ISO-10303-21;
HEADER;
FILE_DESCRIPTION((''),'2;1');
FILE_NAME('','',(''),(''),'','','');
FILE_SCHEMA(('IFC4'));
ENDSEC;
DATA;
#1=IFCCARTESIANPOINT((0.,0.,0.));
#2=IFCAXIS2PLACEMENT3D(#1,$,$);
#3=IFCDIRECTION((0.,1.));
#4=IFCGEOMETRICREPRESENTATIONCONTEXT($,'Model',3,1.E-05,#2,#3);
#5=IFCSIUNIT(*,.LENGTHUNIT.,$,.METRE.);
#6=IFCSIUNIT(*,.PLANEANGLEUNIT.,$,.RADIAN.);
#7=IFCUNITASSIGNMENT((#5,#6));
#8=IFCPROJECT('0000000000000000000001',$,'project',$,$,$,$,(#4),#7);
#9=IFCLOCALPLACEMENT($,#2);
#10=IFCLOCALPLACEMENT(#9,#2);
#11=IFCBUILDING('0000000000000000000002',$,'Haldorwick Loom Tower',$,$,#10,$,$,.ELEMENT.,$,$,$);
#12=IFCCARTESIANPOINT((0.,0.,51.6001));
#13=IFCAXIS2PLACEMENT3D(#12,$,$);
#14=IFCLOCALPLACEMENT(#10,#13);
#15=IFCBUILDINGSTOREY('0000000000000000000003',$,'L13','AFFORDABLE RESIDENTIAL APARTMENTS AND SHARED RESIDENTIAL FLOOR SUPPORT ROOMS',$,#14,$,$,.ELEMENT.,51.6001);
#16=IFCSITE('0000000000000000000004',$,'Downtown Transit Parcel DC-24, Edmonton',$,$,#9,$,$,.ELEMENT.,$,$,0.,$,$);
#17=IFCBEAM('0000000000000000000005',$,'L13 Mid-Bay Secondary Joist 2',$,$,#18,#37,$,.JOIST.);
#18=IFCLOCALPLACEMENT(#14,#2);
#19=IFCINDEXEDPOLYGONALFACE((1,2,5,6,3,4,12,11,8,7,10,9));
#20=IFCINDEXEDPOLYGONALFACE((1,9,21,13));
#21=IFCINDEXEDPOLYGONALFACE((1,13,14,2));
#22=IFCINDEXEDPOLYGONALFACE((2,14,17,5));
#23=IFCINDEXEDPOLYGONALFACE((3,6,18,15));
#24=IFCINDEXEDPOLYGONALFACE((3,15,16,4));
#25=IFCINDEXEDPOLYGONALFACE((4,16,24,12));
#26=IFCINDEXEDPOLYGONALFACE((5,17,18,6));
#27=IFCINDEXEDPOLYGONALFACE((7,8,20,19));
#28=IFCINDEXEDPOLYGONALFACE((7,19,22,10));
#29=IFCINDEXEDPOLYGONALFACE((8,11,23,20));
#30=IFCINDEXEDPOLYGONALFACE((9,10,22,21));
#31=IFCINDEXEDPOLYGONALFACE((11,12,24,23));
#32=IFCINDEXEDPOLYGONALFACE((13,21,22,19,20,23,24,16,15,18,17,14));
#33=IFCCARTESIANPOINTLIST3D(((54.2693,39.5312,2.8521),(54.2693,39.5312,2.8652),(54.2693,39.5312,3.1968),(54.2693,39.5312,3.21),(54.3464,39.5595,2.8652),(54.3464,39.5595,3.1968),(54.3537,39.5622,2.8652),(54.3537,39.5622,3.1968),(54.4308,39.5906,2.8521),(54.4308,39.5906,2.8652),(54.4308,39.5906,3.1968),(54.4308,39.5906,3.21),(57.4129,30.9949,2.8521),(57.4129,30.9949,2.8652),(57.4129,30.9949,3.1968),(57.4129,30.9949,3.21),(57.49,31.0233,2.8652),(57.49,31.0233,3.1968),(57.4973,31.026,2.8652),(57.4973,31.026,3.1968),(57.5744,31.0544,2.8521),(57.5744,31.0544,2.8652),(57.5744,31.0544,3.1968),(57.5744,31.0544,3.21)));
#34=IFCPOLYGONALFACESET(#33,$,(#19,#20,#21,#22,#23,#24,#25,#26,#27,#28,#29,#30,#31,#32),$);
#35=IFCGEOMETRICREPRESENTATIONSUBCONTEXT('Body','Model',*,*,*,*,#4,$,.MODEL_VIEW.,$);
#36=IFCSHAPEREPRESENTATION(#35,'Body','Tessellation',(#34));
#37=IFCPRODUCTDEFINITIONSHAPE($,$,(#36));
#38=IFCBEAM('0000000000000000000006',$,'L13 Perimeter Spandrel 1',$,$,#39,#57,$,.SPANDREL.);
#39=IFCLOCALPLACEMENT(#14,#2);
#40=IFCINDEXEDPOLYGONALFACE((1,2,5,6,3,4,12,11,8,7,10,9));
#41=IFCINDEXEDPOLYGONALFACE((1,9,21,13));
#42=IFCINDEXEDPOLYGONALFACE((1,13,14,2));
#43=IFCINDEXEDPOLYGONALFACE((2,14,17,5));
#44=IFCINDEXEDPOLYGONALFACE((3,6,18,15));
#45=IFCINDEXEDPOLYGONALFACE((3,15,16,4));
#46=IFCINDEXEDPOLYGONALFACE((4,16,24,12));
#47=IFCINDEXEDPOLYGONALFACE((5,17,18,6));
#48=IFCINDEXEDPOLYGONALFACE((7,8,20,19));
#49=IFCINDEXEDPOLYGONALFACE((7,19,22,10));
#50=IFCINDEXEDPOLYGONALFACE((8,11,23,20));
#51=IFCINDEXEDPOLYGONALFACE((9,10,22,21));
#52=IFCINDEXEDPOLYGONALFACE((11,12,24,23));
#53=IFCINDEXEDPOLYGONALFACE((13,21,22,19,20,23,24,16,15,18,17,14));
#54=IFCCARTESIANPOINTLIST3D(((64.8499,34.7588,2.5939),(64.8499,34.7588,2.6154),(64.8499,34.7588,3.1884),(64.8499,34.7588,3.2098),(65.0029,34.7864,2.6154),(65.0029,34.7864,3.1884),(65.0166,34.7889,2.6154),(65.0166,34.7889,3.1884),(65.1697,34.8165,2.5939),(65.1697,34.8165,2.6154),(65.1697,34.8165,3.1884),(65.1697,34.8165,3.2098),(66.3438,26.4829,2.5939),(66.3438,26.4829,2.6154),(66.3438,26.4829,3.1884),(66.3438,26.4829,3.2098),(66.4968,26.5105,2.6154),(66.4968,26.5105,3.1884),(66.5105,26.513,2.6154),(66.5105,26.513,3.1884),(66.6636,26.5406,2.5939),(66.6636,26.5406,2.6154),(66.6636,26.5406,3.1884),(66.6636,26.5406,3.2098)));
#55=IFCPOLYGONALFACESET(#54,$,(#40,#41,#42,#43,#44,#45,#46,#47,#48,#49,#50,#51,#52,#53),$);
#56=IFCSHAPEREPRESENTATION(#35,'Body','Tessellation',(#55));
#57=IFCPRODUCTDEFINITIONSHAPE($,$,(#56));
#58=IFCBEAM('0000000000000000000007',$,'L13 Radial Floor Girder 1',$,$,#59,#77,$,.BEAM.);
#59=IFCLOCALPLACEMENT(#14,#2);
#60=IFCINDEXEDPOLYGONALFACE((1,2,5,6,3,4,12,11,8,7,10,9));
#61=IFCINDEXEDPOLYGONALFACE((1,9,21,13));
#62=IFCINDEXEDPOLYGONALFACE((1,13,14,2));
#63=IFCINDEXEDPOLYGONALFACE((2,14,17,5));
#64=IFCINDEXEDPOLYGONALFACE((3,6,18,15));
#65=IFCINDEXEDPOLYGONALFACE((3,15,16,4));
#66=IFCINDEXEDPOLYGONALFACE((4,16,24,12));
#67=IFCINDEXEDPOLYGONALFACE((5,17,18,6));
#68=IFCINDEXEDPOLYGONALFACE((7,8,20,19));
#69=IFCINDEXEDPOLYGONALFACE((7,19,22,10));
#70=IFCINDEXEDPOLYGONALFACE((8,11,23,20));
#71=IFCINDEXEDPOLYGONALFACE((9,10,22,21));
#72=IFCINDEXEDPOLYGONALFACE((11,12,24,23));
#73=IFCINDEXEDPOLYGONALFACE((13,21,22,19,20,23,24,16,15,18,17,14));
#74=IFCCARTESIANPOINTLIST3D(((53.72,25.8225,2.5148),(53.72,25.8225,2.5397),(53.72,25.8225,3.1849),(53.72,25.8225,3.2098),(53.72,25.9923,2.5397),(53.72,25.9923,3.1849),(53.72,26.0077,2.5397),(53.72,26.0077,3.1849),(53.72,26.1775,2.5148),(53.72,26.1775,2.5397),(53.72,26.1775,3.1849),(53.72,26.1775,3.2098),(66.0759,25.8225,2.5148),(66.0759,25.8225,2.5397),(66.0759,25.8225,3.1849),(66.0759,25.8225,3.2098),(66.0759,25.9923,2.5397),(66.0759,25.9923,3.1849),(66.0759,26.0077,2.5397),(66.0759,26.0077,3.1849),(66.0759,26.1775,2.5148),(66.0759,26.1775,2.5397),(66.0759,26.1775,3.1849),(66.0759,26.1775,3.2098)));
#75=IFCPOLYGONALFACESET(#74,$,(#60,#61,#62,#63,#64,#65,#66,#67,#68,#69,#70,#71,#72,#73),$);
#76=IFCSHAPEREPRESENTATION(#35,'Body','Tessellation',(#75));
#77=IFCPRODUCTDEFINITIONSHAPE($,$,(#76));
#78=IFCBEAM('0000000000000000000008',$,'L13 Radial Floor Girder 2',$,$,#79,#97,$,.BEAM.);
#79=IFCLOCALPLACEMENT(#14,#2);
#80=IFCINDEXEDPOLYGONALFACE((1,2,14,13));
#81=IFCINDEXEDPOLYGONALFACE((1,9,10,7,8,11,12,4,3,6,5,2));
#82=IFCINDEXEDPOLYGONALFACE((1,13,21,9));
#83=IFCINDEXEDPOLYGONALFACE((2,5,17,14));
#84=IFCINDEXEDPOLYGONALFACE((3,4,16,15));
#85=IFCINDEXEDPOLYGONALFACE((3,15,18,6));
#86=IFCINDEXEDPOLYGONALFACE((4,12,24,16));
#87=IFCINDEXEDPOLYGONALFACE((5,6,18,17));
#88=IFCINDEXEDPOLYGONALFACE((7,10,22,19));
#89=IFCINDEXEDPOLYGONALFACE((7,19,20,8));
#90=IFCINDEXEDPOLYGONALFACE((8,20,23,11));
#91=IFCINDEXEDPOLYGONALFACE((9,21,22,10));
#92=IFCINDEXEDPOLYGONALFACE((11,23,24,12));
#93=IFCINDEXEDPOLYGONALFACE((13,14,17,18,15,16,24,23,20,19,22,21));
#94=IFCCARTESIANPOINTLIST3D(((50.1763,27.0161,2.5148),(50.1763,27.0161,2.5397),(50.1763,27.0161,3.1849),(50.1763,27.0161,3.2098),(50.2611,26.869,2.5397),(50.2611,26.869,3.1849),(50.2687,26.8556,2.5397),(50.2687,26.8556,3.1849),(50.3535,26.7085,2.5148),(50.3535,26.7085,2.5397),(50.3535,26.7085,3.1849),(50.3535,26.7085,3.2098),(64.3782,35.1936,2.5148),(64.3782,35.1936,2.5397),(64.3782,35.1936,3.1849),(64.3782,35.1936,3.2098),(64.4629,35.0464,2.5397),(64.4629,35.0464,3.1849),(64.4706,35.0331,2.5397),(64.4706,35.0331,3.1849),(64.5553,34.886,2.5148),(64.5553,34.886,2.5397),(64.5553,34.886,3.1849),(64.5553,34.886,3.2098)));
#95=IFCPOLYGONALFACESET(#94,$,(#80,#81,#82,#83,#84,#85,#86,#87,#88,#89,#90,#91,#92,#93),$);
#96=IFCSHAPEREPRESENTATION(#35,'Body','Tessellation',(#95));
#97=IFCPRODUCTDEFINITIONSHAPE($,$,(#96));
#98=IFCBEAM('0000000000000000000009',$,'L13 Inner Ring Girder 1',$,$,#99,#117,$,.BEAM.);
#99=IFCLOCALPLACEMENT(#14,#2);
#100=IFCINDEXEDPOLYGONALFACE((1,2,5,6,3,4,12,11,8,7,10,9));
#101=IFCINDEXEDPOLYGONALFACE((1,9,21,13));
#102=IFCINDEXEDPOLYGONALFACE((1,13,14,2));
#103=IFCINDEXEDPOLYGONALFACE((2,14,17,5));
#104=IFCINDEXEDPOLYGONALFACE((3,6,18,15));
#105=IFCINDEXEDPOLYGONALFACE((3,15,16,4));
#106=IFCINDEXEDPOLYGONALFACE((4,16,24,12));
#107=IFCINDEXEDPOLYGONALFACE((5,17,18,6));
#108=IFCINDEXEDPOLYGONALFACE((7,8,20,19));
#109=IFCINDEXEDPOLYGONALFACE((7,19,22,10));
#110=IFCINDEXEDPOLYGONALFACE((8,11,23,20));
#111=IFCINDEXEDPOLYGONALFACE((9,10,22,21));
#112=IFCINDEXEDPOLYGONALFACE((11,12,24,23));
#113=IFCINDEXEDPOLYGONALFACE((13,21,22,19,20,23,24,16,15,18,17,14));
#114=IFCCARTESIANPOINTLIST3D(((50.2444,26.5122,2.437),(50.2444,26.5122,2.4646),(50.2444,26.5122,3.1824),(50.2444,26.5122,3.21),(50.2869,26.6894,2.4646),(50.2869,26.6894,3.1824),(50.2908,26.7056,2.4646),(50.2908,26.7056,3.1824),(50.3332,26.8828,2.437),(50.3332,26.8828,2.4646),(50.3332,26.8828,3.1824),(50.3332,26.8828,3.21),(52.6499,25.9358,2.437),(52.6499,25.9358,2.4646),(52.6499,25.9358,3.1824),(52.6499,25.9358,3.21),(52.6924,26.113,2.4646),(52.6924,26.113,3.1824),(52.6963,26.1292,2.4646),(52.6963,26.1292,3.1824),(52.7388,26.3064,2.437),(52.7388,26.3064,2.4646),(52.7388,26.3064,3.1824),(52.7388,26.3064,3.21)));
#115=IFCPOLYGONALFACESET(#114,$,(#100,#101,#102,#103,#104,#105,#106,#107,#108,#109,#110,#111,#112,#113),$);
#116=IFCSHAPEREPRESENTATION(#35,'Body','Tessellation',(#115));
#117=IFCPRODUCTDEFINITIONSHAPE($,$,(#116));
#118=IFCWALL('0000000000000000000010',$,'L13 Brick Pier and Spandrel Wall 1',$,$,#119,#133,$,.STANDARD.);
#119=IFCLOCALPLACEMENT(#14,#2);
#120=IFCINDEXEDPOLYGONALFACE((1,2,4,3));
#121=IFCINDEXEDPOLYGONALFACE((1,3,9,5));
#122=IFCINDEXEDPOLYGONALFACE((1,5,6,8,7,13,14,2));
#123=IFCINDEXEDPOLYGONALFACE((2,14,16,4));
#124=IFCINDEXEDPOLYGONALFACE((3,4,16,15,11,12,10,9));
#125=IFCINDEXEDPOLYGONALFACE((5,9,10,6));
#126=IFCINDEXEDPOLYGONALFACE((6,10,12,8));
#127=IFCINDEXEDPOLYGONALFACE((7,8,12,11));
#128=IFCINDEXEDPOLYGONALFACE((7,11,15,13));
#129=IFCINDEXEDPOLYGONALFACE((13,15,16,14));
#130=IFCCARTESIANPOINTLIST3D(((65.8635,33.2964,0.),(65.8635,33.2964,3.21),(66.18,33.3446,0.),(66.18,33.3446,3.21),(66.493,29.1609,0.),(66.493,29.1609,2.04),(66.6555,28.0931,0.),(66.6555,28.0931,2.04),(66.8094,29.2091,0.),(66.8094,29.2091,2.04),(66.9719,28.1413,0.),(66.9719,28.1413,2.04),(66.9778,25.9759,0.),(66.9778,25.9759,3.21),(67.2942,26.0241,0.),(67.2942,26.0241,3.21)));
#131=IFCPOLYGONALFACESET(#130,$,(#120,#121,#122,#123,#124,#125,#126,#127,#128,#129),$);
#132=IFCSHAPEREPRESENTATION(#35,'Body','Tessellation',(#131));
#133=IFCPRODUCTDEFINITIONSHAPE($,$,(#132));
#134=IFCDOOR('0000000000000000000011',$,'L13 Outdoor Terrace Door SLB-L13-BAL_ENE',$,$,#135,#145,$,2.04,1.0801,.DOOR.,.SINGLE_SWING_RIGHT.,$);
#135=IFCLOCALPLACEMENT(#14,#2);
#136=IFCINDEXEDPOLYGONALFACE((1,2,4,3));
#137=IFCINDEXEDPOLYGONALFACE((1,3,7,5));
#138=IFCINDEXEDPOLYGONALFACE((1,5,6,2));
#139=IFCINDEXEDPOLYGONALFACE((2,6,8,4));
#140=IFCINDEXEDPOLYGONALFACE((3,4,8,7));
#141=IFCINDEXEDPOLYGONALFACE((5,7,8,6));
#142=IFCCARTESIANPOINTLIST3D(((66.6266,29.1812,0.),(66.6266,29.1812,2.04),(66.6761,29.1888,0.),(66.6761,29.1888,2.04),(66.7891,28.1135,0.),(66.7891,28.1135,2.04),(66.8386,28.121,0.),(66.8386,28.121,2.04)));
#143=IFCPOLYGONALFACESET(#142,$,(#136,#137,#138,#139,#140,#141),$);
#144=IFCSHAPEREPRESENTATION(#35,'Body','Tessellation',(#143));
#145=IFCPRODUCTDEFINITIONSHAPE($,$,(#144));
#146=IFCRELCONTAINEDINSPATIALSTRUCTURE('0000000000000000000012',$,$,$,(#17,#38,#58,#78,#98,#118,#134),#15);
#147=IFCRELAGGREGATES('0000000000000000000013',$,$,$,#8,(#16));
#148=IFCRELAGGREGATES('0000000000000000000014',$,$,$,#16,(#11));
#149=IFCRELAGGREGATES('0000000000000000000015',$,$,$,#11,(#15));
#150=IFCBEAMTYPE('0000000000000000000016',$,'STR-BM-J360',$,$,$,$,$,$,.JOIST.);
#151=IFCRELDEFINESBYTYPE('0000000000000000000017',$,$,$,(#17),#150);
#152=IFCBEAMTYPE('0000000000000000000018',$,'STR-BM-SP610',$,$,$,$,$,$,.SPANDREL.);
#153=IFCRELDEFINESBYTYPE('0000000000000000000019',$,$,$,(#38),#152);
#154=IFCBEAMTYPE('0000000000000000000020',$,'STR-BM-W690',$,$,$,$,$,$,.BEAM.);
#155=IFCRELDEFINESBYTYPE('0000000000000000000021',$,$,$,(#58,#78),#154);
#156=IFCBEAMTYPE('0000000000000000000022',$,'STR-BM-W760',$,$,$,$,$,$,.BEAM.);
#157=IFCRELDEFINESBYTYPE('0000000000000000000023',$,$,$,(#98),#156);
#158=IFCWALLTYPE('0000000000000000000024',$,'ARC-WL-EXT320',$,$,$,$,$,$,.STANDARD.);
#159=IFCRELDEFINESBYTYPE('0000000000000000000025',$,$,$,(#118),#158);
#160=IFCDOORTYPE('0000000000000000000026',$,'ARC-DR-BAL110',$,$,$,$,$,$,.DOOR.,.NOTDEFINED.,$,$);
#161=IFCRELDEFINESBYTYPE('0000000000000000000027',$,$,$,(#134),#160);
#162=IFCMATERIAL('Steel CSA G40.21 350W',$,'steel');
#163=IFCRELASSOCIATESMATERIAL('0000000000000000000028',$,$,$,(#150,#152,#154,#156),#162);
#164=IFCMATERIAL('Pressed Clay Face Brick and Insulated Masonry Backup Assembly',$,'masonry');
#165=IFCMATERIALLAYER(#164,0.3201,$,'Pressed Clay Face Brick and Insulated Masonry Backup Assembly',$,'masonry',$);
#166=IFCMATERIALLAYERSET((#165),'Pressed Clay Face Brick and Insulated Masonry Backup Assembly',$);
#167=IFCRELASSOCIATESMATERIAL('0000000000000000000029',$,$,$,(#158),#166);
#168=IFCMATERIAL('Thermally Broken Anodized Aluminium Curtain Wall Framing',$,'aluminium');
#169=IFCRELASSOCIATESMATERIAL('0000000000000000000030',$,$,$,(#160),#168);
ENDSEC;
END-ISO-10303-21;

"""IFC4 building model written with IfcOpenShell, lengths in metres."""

from ifc_helpers import new_model, si_unit, direction, frame, frame_2d, origin, origin_2d, place, context, subcontext, project, spatial, rectangle, i_section, extrude, material, layer, layer_set, material_profile, profile_set, type_object, element, fill, save


model = new_model("IFC4")

# Units and contexts
model_context = context("Model", 3, precision=1e-05, world=origin(), true_north=direction((0.0, 1.0)))
body_context = subcontext(model_context, "Body", "Model", "MODEL_VIEW")
ifc_project = project(units=[si_unit("LENGTHUNIT", "METRE"), si_unit("PLANEANGLEUNIT", "RADIAN")], contexts=[model_context])

# Site, building, storey
site_placement = place(None, origin())
site = spatial("IfcSite", under=ifc_project, at=site_placement, Name="Downtown Transit Parcel DC-24, Edmonton", CompositionType="ELEMENT", RefElevation=0.0)
building_placement = place(site_placement, origin())
building = spatial("IfcBuilding", under=site, at=building_placement, Name="Haldorwick Loom Tower", CompositionType="ELEMENT")
storey_placement = place(building_placement, frame((0.0, 0.0, 51.6001)))
storey = spatial("IfcBuildingStorey", under=building, at=storey_placement, Name="L13", Description="AFFORDABLE RESIDENTIAL APARTMENTS AND SHARED RESIDENTIAL FLOOR SUPPORT ROOMS", CompositionType="ELEMENT", Elevation=51.6001)

# Beams
ifc_material_1 = material(Name="Steel CSA G40.21 350W", Category="steel")
ifc_material_profile_1 = material_profile(ifc_material_1, i_section(OverallWidth=0.1721, OverallDepth=0.3579, WebThickness=0.0078, FlangeThickness=0.0132, at=origin_2d()), Name="W360X57", Category="steel")
ifc_profile_set_1 = profile_set([ifc_material_profile_1], Name="Steel CSA G40.21 350W")
beam_type_1 = type_object("IfcBeamType", Name="STR-BM-J360", PredefinedType="JOIST", material=ifc_profile_set_1)
beam_1_placement = place(storey_placement, frame((57.4937, 31.0247, 3.031), z_axis=(-0.345576, 0.938391, 0.0), x_axis=(-0.938391, -0.345576, 0.0)))
element("IfcBeam", 1, at=beam_1_placement, inside=storey, type_object=beam_type_1, Name="L13 Mid-Bay Secondary Joist 2", PredefinedType="JOIST", context=body_context, shape_type="SweptSolid", body=[
    extrude(i_section(OverallWidth=0.1721, OverallDepth=0.3579, WebThickness=0.0078, FlangeThickness=0.0132, at=origin_2d()), origin(), (0.0, 0.0, 1.0), 9.0967),
])
ifc_material_profile_2 = material_profile(ifc_material_1, i_section(OverallWidth=0.325, OverallDepth=0.616, WebThickness=0.0139, FlangeThickness=0.0215, at=origin_2d()), Name="W610X174", Category="steel")
ifc_profile_set_2 = profile_set([ifc_material_profile_2], Name="Steel CSA G40.21 350W")
beam_type_2 = type_object("IfcBeamType", Name="STR-BM-SP610", PredefinedType="SPANDREL", material=ifc_profile_set_2)
beam_2_placement = place(storey_placement, frame((66.5037, 26.5117, 2.9019), z_axis=(-0.177641, 0.984095, 0.0), x_axis=(-0.984095, -0.177641, 0.0)))
element("IfcBeam", 2, at=beam_2_placement, inside=storey, type_object=beam_type_2, Name="L13 Perimeter Spandrel 1", PredefinedType="SPANDREL", context=body_context, shape_type="SweptSolid", body=[
    extrude(i_section(OverallWidth=0.325, OverallDepth=0.616, WebThickness=0.0139, FlangeThickness=0.0215, at=origin_2d()), origin(), (0.0, 0.0, 1.0), 8.4097),
])
ifc_material_profile_3 = material_profile(ifc_material_1, i_section(OverallWidth=0.355, OverallDepth=0.6951, WebThickness=0.0154, FlangeThickness=0.0249, at=origin_2d()), Name="W690X217", Category="steel")
ifc_profile_set_3 = profile_set([ifc_material_profile_3], Name="Steel CSA G40.21 350W")
beam_type_3 = type_object("IfcBeamType", Name="STR-BM-W690", PredefinedType="BEAM", material=ifc_profile_set_3)
beam_3_placement = place(storey_placement, frame((53.72, 26.0, 2.8623), z_axis=(1.0, 0.0, 0.0), x_axis=(0.0, 1.0, 0.0)))
element("IfcBeam", 3, at=beam_3_placement, inside=storey, type_object=beam_type_3, Name="L13 Radial Floor Girder 1", PredefinedType="BEAM", context=body_context, shape_type="SweptSolid", body=[
    extrude(i_section(OverallWidth=0.355, OverallDepth=0.6951, WebThickness=0.0154, FlangeThickness=0.0249, at=origin_2d()), origin(), (0.0, 0.0, 1.0), 12.356),
])
beam_4_placement = place(storey_placement, frame((50.2649, 26.8623, 2.8623), z_axis=(0.866606, 0.498994, 0.0), x_axis=(-0.498994, 0.866606, 0.0)))
element("IfcBeam", 4, at=beam_4_placement, inside=storey, type_object=beam_type_3, Name="L13 Radial Floor Girder 2", PredefinedType="BEAM", context=body_context, shape_type="SweptSolid", body=[
    extrude(i_section(OverallWidth=0.355, OverallDepth=0.6951, WebThickness=0.0154, FlangeThickness=0.0249, at=origin_2d()), origin(), (0.0, 0.0, 1.0), 16.3879),
])
ifc_material_profile_4 = material_profile(ifc_material_1, i_section(OverallWidth=0.3811, OverallDepth=0.7729, WebThickness=0.0166, FlangeThickness=0.0276, at=origin_2d()), Name="W760X257", Category="steel")
ifc_profile_set_4 = profile_set([ifc_material_profile_4], Name="Steel CSA G40.21 350W")
beam_type_4 = type_object("IfcBeamType", Name="STR-BM-W760", PredefinedType="BEAM", material=ifc_profile_set_4)
beam_5_placement = place(storey_placement, frame((50.2888, 26.6975, 2.8235), z_axis=(0.972471, -0.233026, 0.0), x_axis=(0.233026, 0.972471, 0.0)))
element("IfcBeam", 5, at=beam_5_placement, inside=storey, type_object=beam_type_4, Name="L13 Inner Ring Girder 1", PredefinedType="BEAM", context=body_context, shape_type="SweptSolid", body=[
    extrude(i_section(OverallWidth=0.3811, OverallDepth=0.7729, WebThickness=0.0166, FlangeThickness=0.0276, at=origin_2d()), origin(), (0.0, 0.0, 1.0), 2.4736),
])

# Wall, opening, door
ifc_material_2 = material(Name="Pressed Clay Face Brick and Insulated Masonry Backup Assembly", Category="masonry")
ifc_layer_1 = layer(ifc_material_2, 0.3201, Name="Pressed Clay Face Brick and Insulated Masonry Backup Assembly", Category="masonry")
ifc_layer_set_1 = layer_set([ifc_layer_1], Name="Pressed Clay Face Brick and Insulated Masonry Backup Assembly")
wall_type_1 = type_object("IfcWallType", Name="ARC-WL-EXT320", PredefinedType="STANDARD", material=ifc_layer_set_1)
wall_1_placement = place(storey_placement, frame((67.136, 26.0, 0.0), z_axis=(0.0, 0.0, 1.0), x_axis=(-0.150476, 0.988614, 0.0)))
wall_1 = element("IfcWall", 6, at=wall_1_placement, inside=storey, type_object=wall_type_1, Name="L13 Brick Pier and Spandrel Wall 1", PredefinedType="STANDARD", context=body_context, shape_type="SweptSolid", body=[
    extrude(rectangle(XDim=7.4048, YDim=0.3201, at=frame_2d((3.7024, 0.0))), origin(), (0.0, 0.0, 1.0), 3.21),
])
opening_1_placement = place(wall_1_placement, frame((2.1416, 0.0, 0.0)))
opening_1 = element("IfcOpeningElement", 7, at=opening_1_placement, cuts=wall_1, PredefinedType="OPENING", context=body_context, shape_type="SweptSolid", body=[
    extrude(rectangle(XDim=1.0801, YDim=2.04, at=frame_2d((0.54, 1.02))), frame((0.0, 0.1699, 0.0), z_axis=(0.0, -1.0, 0.0), x_axis=(1.0, 0.0, 0.0)), (0.0, 0.0, 1.0), 0.3401),
])
ifc_material_3 = material(Name="Thermally Broken Anodized Aluminium Curtain Wall Framing", Category="aluminium")
door_type_1 = type_object("IfcDoorType", Name="ARC-DR-BAL110", OperationType="NOTDEFINED", PredefinedType="DOOR", material=ifc_material_3)
door_1_placement = place(opening_1_placement, origin())
door_1 = element("IfcDoor", 8, at=door_1_placement, inside=storey, type_object=door_type_1, Name="L13 Outdoor Terrace Door SLB-L13-BAL_ENE", OperationType="SINGLE_SWING_RIGHT", OverallHeight=2.04, OverallWidth=1.0801, PredefinedType="DOOR", context=body_context, shape_type="SweptSolid", body=[
    extrude(rectangle(XDim=1.0801, YDim=2.04, at=frame_2d((0.54, 1.02))), frame((0.0, 0.0249, 0.0), z_axis=(0.0, -1.0, 0.0), x_axis=(1.0, 0.0, 0.0)), (0.0, 0.0, 1.0), 0.05),
])
fill(opening_1, door_1)

save(model, "model.ifc")
